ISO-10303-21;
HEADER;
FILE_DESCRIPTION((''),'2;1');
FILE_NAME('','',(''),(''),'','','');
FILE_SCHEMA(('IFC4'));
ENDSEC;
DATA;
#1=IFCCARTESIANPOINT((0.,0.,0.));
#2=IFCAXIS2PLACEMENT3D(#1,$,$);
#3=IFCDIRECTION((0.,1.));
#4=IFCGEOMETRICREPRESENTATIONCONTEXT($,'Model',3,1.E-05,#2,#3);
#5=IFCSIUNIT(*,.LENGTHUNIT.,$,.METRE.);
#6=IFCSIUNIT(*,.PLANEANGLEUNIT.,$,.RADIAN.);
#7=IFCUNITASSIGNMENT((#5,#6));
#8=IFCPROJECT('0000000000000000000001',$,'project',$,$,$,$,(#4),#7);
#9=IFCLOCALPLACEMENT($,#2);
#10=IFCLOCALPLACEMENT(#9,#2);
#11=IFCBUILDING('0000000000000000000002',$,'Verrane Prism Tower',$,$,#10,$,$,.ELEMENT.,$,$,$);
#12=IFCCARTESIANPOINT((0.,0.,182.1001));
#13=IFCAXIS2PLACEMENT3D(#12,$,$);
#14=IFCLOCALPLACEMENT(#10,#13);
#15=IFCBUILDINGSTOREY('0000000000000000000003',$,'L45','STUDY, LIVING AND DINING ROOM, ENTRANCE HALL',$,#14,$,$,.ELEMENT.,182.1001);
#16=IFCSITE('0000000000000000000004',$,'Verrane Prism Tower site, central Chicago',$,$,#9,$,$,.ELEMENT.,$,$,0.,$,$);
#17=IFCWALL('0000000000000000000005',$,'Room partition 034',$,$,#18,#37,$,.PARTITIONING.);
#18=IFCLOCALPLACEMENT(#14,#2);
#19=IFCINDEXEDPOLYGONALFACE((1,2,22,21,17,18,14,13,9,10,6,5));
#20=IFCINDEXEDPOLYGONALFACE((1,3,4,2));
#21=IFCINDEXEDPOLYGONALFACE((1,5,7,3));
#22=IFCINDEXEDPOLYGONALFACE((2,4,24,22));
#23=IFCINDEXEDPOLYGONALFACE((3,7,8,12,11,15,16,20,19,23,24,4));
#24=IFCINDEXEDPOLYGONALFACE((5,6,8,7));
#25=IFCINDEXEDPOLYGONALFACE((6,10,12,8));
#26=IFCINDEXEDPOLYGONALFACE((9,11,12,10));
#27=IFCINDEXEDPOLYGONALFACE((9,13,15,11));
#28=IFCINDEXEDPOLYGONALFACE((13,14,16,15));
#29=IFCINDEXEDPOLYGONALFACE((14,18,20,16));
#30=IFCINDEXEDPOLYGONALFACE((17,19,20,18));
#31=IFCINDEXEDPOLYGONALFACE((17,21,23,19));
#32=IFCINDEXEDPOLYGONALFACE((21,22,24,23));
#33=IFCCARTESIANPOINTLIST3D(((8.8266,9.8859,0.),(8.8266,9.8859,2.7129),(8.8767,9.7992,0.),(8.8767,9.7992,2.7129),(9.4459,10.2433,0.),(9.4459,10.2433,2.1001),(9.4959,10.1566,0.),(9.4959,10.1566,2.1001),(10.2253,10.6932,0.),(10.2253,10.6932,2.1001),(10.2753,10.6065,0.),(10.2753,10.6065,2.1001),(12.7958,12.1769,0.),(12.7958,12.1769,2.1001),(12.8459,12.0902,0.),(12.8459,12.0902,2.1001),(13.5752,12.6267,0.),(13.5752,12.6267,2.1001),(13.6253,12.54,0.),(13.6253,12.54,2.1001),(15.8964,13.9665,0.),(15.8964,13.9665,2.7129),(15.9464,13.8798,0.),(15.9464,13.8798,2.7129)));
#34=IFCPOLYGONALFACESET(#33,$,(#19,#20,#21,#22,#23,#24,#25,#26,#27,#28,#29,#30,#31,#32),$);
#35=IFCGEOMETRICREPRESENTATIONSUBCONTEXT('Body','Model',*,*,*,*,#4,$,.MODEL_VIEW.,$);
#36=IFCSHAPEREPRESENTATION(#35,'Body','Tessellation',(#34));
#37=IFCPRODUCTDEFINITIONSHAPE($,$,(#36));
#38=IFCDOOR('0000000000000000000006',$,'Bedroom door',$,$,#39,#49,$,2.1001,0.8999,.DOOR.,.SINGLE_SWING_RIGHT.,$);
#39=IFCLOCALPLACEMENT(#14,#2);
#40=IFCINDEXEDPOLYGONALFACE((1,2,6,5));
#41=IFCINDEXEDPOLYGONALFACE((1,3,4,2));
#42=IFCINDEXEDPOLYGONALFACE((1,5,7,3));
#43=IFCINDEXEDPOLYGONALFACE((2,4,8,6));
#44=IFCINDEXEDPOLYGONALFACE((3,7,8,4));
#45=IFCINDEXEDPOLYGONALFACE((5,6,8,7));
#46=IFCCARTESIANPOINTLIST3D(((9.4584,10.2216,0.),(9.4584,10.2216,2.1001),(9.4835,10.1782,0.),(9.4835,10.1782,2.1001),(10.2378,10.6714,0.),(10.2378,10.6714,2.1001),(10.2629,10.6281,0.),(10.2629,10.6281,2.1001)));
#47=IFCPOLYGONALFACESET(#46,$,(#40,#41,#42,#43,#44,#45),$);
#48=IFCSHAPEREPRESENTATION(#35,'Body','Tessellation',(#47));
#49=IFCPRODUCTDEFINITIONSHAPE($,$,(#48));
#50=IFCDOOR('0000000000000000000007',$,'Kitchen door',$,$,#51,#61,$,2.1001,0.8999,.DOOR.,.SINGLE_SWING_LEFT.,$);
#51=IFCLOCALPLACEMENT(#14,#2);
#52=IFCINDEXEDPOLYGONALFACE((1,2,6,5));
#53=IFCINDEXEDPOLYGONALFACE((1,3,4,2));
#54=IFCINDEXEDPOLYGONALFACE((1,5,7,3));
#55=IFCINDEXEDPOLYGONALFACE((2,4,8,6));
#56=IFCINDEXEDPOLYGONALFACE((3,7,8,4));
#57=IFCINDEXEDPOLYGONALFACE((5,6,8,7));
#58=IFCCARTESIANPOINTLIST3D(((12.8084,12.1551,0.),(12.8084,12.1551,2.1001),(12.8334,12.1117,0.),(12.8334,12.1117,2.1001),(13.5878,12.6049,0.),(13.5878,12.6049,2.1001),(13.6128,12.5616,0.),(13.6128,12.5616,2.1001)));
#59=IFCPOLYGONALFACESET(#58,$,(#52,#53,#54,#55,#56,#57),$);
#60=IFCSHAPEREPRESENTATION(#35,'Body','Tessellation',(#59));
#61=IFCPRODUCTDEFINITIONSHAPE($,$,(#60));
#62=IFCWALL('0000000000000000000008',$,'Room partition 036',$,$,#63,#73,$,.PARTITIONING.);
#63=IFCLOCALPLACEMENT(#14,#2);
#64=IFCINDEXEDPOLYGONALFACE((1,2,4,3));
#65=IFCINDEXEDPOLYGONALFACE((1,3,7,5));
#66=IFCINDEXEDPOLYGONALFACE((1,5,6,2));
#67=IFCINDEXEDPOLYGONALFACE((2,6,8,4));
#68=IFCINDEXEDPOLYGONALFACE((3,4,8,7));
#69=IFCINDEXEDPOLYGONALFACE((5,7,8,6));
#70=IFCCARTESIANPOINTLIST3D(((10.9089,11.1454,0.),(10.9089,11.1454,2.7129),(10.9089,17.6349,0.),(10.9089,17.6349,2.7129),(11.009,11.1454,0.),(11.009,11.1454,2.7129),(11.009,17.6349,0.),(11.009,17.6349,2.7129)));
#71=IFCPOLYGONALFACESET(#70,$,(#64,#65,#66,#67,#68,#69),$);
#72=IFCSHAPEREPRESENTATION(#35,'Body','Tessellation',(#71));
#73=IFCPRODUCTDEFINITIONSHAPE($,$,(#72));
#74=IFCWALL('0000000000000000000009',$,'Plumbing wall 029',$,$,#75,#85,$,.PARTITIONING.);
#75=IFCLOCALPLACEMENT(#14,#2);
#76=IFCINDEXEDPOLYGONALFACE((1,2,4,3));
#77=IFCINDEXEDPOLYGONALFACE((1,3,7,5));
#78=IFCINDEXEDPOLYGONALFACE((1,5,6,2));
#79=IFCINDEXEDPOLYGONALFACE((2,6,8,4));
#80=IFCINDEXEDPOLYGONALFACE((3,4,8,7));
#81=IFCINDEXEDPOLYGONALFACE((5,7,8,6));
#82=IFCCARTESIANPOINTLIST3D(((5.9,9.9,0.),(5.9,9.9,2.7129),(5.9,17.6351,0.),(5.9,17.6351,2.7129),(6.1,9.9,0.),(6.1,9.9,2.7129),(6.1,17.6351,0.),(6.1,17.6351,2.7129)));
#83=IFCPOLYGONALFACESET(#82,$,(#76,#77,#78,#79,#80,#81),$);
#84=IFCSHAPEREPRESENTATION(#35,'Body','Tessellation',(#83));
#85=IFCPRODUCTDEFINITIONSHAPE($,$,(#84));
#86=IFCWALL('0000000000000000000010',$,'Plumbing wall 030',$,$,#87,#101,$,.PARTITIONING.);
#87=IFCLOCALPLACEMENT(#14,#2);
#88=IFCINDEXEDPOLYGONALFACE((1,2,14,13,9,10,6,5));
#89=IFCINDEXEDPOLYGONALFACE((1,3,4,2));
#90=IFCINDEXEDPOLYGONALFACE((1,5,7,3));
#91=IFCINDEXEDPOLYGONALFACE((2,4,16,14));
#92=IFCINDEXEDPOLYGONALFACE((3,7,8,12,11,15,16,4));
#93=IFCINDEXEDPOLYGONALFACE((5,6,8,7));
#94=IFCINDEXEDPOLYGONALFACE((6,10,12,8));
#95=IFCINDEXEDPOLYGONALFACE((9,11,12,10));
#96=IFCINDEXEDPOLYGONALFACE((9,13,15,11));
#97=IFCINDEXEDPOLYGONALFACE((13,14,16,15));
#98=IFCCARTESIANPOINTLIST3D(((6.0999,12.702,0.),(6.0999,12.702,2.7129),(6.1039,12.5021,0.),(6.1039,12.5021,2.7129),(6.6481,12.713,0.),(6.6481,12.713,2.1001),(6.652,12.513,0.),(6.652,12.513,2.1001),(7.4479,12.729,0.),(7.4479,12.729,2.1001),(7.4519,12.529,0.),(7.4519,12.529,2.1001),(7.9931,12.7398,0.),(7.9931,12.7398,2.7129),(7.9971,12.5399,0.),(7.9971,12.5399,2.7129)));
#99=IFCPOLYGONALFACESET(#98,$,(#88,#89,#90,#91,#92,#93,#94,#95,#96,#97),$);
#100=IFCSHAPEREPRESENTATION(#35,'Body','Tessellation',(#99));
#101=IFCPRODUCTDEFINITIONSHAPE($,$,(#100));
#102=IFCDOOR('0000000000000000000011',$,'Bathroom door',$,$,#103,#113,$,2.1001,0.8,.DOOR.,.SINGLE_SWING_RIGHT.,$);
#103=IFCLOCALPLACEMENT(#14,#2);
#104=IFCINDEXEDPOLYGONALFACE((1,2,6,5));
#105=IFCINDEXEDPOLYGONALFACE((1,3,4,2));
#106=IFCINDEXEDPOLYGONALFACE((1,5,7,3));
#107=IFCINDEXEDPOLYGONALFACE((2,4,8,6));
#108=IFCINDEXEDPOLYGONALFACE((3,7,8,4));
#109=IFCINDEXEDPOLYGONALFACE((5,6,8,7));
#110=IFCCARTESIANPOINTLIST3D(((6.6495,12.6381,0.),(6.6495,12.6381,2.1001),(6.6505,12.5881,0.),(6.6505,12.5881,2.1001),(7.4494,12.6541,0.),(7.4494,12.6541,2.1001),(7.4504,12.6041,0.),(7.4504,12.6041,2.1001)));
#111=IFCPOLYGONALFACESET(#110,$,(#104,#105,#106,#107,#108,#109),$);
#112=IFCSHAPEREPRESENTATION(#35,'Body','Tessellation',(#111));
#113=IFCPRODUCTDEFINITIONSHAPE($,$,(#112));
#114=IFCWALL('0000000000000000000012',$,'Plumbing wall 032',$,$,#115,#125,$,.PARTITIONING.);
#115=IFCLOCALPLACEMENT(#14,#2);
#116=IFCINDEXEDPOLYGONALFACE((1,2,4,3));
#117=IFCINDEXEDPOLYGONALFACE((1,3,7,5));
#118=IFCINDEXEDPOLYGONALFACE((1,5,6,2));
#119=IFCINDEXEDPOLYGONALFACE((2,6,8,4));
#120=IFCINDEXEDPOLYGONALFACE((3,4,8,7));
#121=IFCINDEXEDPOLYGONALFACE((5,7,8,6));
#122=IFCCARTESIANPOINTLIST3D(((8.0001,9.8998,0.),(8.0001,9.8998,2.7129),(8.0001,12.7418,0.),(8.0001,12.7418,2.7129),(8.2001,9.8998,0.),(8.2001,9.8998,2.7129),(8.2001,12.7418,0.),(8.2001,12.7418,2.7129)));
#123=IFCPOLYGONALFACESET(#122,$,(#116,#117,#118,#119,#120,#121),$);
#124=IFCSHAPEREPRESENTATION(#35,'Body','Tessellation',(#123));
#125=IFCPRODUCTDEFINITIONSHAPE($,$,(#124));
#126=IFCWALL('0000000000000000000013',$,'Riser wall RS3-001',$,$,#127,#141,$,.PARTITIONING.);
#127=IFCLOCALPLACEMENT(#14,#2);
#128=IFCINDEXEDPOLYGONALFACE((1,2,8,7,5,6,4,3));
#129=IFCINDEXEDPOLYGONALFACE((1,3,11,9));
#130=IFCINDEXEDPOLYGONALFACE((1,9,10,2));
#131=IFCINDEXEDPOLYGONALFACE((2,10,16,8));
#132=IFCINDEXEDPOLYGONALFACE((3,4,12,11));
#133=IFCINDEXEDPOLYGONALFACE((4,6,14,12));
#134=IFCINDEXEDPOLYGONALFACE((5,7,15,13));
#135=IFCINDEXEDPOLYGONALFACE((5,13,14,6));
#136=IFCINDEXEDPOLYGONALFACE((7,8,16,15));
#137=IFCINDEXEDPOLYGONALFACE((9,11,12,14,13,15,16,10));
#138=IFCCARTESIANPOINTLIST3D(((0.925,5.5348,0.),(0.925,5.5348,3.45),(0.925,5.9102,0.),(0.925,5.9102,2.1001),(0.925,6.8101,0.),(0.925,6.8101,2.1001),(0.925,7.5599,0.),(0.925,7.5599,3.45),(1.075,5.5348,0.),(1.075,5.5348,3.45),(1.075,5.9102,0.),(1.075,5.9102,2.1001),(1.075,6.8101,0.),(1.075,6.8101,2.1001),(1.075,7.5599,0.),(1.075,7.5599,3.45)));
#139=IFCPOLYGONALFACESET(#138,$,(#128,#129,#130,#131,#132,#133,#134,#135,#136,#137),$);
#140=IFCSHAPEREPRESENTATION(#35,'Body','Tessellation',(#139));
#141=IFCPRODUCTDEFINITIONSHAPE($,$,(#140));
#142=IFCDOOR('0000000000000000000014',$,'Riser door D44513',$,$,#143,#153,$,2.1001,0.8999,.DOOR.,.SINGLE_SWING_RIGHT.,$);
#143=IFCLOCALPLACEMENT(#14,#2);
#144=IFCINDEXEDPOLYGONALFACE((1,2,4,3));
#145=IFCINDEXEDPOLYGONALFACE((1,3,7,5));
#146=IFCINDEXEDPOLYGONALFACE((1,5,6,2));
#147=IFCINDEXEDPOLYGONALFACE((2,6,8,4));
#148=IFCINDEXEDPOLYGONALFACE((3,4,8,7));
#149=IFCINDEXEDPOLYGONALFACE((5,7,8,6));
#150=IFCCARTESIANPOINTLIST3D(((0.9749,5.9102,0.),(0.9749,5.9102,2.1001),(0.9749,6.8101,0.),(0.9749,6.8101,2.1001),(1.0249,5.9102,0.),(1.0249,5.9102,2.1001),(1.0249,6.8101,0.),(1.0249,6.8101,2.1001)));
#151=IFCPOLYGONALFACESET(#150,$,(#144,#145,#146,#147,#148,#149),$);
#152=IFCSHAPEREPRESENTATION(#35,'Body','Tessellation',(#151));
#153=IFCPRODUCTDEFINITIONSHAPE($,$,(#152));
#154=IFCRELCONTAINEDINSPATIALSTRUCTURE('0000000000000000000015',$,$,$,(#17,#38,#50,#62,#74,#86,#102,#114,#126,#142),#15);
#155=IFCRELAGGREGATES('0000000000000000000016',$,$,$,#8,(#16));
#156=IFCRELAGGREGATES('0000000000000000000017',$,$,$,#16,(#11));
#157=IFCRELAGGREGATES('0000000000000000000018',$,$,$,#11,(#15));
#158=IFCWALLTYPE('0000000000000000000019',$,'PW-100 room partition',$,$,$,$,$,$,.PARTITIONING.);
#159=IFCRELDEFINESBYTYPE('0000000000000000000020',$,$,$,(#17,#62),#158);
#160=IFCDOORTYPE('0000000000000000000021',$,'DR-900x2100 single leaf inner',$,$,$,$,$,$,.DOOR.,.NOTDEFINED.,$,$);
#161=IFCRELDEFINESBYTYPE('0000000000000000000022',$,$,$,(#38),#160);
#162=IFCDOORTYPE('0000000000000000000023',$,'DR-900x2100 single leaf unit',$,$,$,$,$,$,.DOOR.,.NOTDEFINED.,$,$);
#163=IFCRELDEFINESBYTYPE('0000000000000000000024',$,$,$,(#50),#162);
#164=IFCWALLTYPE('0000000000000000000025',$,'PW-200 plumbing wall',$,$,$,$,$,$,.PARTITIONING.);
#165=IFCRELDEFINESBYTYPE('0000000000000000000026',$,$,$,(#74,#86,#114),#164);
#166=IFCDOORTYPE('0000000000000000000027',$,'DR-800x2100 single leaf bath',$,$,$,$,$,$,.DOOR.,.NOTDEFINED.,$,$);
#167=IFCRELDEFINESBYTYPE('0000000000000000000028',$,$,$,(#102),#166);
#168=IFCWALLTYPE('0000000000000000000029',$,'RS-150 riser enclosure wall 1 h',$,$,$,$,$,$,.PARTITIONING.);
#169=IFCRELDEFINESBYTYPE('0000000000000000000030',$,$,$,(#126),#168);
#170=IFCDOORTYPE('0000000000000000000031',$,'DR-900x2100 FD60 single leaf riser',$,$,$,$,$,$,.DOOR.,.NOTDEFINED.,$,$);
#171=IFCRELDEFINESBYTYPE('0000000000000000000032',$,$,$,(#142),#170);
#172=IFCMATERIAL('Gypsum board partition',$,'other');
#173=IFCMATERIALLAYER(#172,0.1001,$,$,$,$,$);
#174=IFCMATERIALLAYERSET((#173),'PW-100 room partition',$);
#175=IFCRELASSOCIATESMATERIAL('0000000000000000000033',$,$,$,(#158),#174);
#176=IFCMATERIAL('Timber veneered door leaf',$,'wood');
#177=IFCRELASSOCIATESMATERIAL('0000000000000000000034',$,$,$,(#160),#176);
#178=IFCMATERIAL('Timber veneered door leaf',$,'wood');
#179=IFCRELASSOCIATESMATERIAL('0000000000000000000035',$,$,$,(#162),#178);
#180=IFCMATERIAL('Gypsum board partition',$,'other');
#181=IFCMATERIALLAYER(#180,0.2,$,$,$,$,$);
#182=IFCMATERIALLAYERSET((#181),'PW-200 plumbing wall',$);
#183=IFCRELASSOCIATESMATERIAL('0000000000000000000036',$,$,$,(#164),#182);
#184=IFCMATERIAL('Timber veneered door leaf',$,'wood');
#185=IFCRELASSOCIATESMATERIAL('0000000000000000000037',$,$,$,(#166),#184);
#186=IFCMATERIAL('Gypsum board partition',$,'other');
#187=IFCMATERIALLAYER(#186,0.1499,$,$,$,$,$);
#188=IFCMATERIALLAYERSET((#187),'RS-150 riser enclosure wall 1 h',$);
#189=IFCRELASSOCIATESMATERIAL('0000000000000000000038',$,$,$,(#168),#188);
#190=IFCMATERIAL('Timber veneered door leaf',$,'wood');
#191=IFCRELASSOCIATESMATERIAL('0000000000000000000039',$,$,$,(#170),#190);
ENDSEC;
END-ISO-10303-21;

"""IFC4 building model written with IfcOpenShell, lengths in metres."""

from ifc_helpers import new_model, si_unit, direction, frame, frame_2d, origin, place, context, subcontext, project, spatial, rectangle, extrude, material, layer, layer_set, type_object, element, fill, save


model = new_model("IFC4")

# Units and contexts
model_context = context("Model", 3, precision=1e-05, world=origin(), true_north=direction((0.0, 1.0)))
body_context = subcontext(model_context, "Body", "Model", "MODEL_VIEW")
ifc_project = project(units=[si_unit("LENGTHUNIT", "METRE"), si_unit("PLANEANGLEUNIT", "RADIAN")], contexts=[model_context])

# Site, building, storey
site_placement = place(None, origin())
site = spatial("IfcSite", under=ifc_project, at=site_placement, Name="Verrane Prism Tower site, central Chicago", CompositionType="ELEMENT", RefElevation=0.0)
building_placement = place(site_placement, origin())
building = spatial("IfcBuilding", under=site, at=building_placement, Name="Verrane Prism Tower", CompositionType="ELEMENT")
storey_placement = place(building_placement, frame((0.0, 0.0, 182.1001)))
storey = spatial("IfcBuildingStorey", under=building, at=storey_placement, Name="L45", Description="STUDY, LIVING AND DINING ROOM, ENTRANCE HALL", CompositionType="ELEMENT", Elevation=182.1001)

# Shared definitions
ifc_material_1 = material(Name="Gypsum board partition", Category="other")
ifc_layer_1 = layer(ifc_material_1, 0.1001)
ifc_layer_set_1 = layer_set([ifc_layer_1], Name="PW-100 room partition")
wall_type_1 = type_object("IfcWallType", Name="PW-100 room partition", PredefinedType="PARTITIONING", material=ifc_layer_set_1)

# Wall, openings, doors
wall_1_placement = place(storey_placement, frame((8.8516, 9.8425, 0.0), z_axis=(0.0, 0.0, 1.0), x_axis=(0.866089, 0.49989, 0.0)))
wall_1 = element("IfcWall", 1, at=wall_1_placement, inside=storey, type_object=wall_type_1, Name="Room partition 034", PredefinedType="PARTITIONING", context=body_context, shape_type="SweptSolid", body=[
    extrude(rectangle(XDim=8.1628, YDim=0.1001, at=frame_2d((4.0815, 0.0))), origin(), (0.0, 0.0, 1.0), 2.7129),
])
opening_1_placement = place(wall_1_placement, frame((4.583, 0.0, 0.0)))
opening_1 = element("IfcOpeningElement", 2, at=opening_1_placement, cuts=wall_1, PredefinedType="OPENING", context=body_context, shape_type="SweptSolid", body=[
    extrude(rectangle(XDim=0.8999, YDim=2.1001, at=frame_2d((0.45, 1.05))), frame((0.0, 0.0601, 0.0), z_axis=(0.0, -1.0, 0.0), x_axis=(1.0, 0.0, 0.0)), (0.0, 0.0, 1.0), 0.1201),
])
opening_2_placement = place(wall_1_placement, frame((0.7151, 0.0, 0.0)))
opening_2 = element("IfcOpeningElement", 3, at=opening_2_placement, cuts=wall_1, PredefinedType="OPENING", context=body_context, shape_type="SweptSolid", body=[
    extrude(rectangle(XDim=0.8999, YDim=2.1001, at=frame_2d((0.45, 1.05))), frame((0.0, 0.0601, 0.0), z_axis=(0.0, -1.0, 0.0), x_axis=(1.0, 0.0, 0.0)), (0.0, 0.0, 1.0), 0.1201),
])
ifc_material_2 = material(Name="Timber veneered door leaf", Category="wood")
door_type_1 = type_object("IfcDoorType", Name="DR-900x2100 single leaf inner", OperationType="NOTDEFINED", PredefinedType="DOOR", material=ifc_material_2)
door_1_placement = place(opening_2_placement, origin())
door_1 = element("IfcDoor", 4, at=door_1_placement, inside=storey, type_object=door_type_1, Name="Bedroom door", OperationType="SINGLE_SWING_RIGHT", OverallHeight=2.1001, OverallWidth=0.8999, PredefinedType="DOOR", context=body_context, shape_type="SweptSolid", body=[
    extrude(rectangle(XDim=0.8999, YDim=2.1001, at=frame_2d((0.45, 1.05))), frame((0.0, 0.0249, 0.0), z_axis=(0.0, -1.0, 0.0), x_axis=(1.0, 0.0, 0.0)), (0.0, 0.0, 1.0), 0.05),
])
fill(opening_2, door_1)
ifc_material_3 = material(Name="Timber veneered door leaf", Category="wood")
door_type_2 = type_object("IfcDoorType", Name="DR-900x2100 single leaf unit", OperationType="NOTDEFINED", PredefinedType="DOOR", material=ifc_material_3)
door_2_placement = place(opening_1_placement, origin())
door_2 = element("IfcDoor", 5, at=door_2_placement, inside=storey, type_object=door_type_2, Name="Kitchen door", OperationType="SINGLE_SWING_LEFT", OverallHeight=2.1001, OverallWidth=0.8999, PredefinedType="DOOR", context=body_context, shape_type="SweptSolid", body=[
    extrude(rectangle(XDim=0.8999, YDim=2.1001, at=frame_2d((0.45, 1.05))), frame((0.0, 0.0249, 0.0), z_axis=(0.0, -1.0, 0.0), x_axis=(1.0, 0.0, 0.0)), (0.0, 0.0, 1.0), 0.05),
])
fill(opening_1, door_2)

# Walls
wall_2_placement = place(storey_placement, frame((10.959, 11.1455, 0.0), z_axis=(0.0, 0.0, 1.0), x_axis=(0.0, 1.0, 0.0)))
element("IfcWall", 6, at=wall_2_placement, inside=storey, type_object=wall_type_1, Name="Room partition 036", PredefinedType="PARTITIONING", context=body_context, shape_type="SweptSolid", body=[
    extrude(rectangle(XDim=6.4895, YDim=0.1001, at=frame_2d((3.2446, 0.0))), origin(), (0.0, 0.0, 1.0), 2.7129),
])
ifc_material_4 = material(Name="Gypsum board partition", Category="other")
ifc_layer_2 = layer(ifc_material_4, 0.2)
ifc_layer_set_2 = layer_set([ifc_layer_2], Name="PW-200 plumbing wall")
wall_type_2 = type_object("IfcWallType", Name="PW-200 plumbing wall", PredefinedType="PARTITIONING", material=ifc_layer_set_2)
wall_3_placement = place(storey_placement, frame((6.0, 9.8999, 0.0), z_axis=(0.0, 0.0, 1.0), x_axis=(0.0, 1.0, 0.0)))
element("IfcWall", 7, at=wall_3_placement, inside=storey, type_object=wall_type_2, Name="Plumbing wall 029", PredefinedType="PARTITIONING", context=body_context, shape_type="SweptSolid", body=[
    extrude(rectangle(XDim=7.7351, YDim=0.2, at=frame_2d((3.8677, 0.0))), origin(), (0.0, 0.0, 1.0), 2.7129),
])

# Wall, opening, door
wall_4_placement = place(storey_placement, frame((7.9951, 12.6399, 0.0), z_axis=(0.0, 0.0, 1.0), x_axis=(-0.9998, -0.019986, 0.0)))
wall_4 = element("IfcWall", 8, at=wall_4_placement, inside=storey, type_object=wall_type_2, Name="Plumbing wall 030", PredefinedType="PARTITIONING", context=body_context, shape_type="SweptSolid", body=[
    extrude(rectangle(XDim=1.8936, YDim=0.2, at=frame_2d((0.9468, 0.0))), origin(), (0.0, 0.0, 1.0), 2.7129),
])
opening_3_placement = place(wall_4_placement, frame((0.5454, 0.0, 0.0)))
opening_3 = element("IfcOpeningElement", 9, at=opening_3_placement, cuts=wall_4, PredefinedType="OPENING", context=body_context, shape_type="SweptSolid", body=[
    extrude(rectangle(XDim=0.8, YDim=2.1001, at=frame_2d((0.3999, 1.05))), frame((0.0, 0.1099, 0.0), z_axis=(0.0, -1.0, 0.0), x_axis=(1.0, 0.0, 0.0)), (0.0, 0.0, 1.0), 0.22),
])
ifc_material_5 = material(Name="Timber veneered door leaf", Category="wood")
door_type_3 = type_object("IfcDoorType", Name="DR-800x2100 single leaf bath", OperationType="NOTDEFINED", PredefinedType="DOOR", material=ifc_material_5)
door_3_placement = place(opening_3_placement, origin())
door_3 = element("IfcDoor", 10, at=door_3_placement, inside=storey, type_object=door_type_3, Name="Bathroom door", OperationType="SINGLE_SWING_RIGHT", OverallHeight=2.1001, OverallWidth=0.8, PredefinedType="DOOR", context=body_context, shape_type="SweptSolid", body=[
    extrude(rectangle(XDim=0.8, YDim=2.1001, at=frame_2d((0.3999, 1.05))), frame((0.0, 0.0249, 0.0), z_axis=(0.0, -1.0, 0.0), x_axis=(1.0, 0.0, 0.0)), (0.0, 0.0, 1.0), 0.05),
])
fill(opening_3, door_3)

# Wall
wall_5_placement = place(storey_placement, frame((8.1001, 9.8999, 0.0), z_axis=(0.0, 0.0, 1.0), x_axis=(0.0, 1.0, 0.0)))
element("IfcWall", 11, at=wall_5_placement, inside=storey, type_object=wall_type_2, Name="Plumbing wall 032", PredefinedType="PARTITIONING", context=body_context, shape_type="SweptSolid", body=[
    extrude(rectangle(XDim=2.842, YDim=0.2, at=frame_2d((1.4209, 0.0))), origin(), (0.0, 0.0, 1.0), 2.7129),
])

# Wall, opening, door
ifc_material_6 = material(Name="Gypsum board partition", Category="other")
ifc_layer_3 = layer(ifc_material_6, 0.1499)
ifc_layer_set_3 = layer_set([ifc_layer_3], Name="RS-150 riser enclosure wall 1 h")
wall_type_3 = type_object("IfcWallType", Name="RS-150 riser enclosure wall 1 h", PredefinedType="PARTITIONING", material=ifc_layer_set_3)
wall_6_placement = place(storey_placement, frame((1.0, 7.5601, 0.0), z_axis=(0.0, 0.0, 1.0), x_axis=(0.0, -1.0, 0.0)))
wall_6 = element("IfcWall", 12, at=wall_6_placement, inside=storey, type_object=wall_type_3, Name="Riser wall RS3-001", PredefinedType="PARTITIONING", context=body_context, shape_type="SweptSolid", body=[
    extrude(rectangle(XDim=2.0251, YDim=0.1499, at=frame_2d((1.0127, 0.0))), origin(), (0.0, 0.0, 1.0), 3.45),
])
opening_4_placement = place(wall_6_placement, frame((0.75, 0.0, 0.0)))
opening_4 = element("IfcOpeningElement", 13, at=opening_4_placement, cuts=wall_6, PredefinedType="OPENING", context=body_context, shape_type="SweptSolid", body=[
    extrude(rectangle(XDim=0.8999, YDim=2.1001, at=frame_2d((0.45, 1.05))), frame((0.0, 0.085, 0.0), z_axis=(0.0, -1.0, 0.0), x_axis=(1.0, 0.0, 0.0)), (0.0, 0.0, 1.0), 0.1699),
])
ifc_material_7 = material(Name="Timber veneered door leaf", Category="wood")
door_type_4 = type_object("IfcDoorType", Name="DR-900x2100 FD60 single leaf riser", OperationType="NOTDEFINED", PredefinedType="DOOR", material=ifc_material_7)
door_4_placement = place(opening_4_placement, origin())
door_4 = element("IfcDoor", 14, at=door_4_placement, inside=storey, type_object=door_type_4, Name="Riser door D44513", OperationType="SINGLE_SWING_RIGHT", OverallHeight=2.1001, OverallWidth=0.8999, PredefinedType="DOOR", context=body_context, shape_type="SweptSolid", body=[
    extrude(rectangle(XDim=0.8999, YDim=2.1001, at=frame_2d((0.45, 1.05))), frame((0.0, 0.0249, 0.0), z_axis=(0.0, -1.0, 0.0), x_axis=(1.0, 0.0, 0.0)), (0.0, 0.0, 1.0), 0.05),
])
fill(opening_4, door_4)

save(model, "model.ifc")
